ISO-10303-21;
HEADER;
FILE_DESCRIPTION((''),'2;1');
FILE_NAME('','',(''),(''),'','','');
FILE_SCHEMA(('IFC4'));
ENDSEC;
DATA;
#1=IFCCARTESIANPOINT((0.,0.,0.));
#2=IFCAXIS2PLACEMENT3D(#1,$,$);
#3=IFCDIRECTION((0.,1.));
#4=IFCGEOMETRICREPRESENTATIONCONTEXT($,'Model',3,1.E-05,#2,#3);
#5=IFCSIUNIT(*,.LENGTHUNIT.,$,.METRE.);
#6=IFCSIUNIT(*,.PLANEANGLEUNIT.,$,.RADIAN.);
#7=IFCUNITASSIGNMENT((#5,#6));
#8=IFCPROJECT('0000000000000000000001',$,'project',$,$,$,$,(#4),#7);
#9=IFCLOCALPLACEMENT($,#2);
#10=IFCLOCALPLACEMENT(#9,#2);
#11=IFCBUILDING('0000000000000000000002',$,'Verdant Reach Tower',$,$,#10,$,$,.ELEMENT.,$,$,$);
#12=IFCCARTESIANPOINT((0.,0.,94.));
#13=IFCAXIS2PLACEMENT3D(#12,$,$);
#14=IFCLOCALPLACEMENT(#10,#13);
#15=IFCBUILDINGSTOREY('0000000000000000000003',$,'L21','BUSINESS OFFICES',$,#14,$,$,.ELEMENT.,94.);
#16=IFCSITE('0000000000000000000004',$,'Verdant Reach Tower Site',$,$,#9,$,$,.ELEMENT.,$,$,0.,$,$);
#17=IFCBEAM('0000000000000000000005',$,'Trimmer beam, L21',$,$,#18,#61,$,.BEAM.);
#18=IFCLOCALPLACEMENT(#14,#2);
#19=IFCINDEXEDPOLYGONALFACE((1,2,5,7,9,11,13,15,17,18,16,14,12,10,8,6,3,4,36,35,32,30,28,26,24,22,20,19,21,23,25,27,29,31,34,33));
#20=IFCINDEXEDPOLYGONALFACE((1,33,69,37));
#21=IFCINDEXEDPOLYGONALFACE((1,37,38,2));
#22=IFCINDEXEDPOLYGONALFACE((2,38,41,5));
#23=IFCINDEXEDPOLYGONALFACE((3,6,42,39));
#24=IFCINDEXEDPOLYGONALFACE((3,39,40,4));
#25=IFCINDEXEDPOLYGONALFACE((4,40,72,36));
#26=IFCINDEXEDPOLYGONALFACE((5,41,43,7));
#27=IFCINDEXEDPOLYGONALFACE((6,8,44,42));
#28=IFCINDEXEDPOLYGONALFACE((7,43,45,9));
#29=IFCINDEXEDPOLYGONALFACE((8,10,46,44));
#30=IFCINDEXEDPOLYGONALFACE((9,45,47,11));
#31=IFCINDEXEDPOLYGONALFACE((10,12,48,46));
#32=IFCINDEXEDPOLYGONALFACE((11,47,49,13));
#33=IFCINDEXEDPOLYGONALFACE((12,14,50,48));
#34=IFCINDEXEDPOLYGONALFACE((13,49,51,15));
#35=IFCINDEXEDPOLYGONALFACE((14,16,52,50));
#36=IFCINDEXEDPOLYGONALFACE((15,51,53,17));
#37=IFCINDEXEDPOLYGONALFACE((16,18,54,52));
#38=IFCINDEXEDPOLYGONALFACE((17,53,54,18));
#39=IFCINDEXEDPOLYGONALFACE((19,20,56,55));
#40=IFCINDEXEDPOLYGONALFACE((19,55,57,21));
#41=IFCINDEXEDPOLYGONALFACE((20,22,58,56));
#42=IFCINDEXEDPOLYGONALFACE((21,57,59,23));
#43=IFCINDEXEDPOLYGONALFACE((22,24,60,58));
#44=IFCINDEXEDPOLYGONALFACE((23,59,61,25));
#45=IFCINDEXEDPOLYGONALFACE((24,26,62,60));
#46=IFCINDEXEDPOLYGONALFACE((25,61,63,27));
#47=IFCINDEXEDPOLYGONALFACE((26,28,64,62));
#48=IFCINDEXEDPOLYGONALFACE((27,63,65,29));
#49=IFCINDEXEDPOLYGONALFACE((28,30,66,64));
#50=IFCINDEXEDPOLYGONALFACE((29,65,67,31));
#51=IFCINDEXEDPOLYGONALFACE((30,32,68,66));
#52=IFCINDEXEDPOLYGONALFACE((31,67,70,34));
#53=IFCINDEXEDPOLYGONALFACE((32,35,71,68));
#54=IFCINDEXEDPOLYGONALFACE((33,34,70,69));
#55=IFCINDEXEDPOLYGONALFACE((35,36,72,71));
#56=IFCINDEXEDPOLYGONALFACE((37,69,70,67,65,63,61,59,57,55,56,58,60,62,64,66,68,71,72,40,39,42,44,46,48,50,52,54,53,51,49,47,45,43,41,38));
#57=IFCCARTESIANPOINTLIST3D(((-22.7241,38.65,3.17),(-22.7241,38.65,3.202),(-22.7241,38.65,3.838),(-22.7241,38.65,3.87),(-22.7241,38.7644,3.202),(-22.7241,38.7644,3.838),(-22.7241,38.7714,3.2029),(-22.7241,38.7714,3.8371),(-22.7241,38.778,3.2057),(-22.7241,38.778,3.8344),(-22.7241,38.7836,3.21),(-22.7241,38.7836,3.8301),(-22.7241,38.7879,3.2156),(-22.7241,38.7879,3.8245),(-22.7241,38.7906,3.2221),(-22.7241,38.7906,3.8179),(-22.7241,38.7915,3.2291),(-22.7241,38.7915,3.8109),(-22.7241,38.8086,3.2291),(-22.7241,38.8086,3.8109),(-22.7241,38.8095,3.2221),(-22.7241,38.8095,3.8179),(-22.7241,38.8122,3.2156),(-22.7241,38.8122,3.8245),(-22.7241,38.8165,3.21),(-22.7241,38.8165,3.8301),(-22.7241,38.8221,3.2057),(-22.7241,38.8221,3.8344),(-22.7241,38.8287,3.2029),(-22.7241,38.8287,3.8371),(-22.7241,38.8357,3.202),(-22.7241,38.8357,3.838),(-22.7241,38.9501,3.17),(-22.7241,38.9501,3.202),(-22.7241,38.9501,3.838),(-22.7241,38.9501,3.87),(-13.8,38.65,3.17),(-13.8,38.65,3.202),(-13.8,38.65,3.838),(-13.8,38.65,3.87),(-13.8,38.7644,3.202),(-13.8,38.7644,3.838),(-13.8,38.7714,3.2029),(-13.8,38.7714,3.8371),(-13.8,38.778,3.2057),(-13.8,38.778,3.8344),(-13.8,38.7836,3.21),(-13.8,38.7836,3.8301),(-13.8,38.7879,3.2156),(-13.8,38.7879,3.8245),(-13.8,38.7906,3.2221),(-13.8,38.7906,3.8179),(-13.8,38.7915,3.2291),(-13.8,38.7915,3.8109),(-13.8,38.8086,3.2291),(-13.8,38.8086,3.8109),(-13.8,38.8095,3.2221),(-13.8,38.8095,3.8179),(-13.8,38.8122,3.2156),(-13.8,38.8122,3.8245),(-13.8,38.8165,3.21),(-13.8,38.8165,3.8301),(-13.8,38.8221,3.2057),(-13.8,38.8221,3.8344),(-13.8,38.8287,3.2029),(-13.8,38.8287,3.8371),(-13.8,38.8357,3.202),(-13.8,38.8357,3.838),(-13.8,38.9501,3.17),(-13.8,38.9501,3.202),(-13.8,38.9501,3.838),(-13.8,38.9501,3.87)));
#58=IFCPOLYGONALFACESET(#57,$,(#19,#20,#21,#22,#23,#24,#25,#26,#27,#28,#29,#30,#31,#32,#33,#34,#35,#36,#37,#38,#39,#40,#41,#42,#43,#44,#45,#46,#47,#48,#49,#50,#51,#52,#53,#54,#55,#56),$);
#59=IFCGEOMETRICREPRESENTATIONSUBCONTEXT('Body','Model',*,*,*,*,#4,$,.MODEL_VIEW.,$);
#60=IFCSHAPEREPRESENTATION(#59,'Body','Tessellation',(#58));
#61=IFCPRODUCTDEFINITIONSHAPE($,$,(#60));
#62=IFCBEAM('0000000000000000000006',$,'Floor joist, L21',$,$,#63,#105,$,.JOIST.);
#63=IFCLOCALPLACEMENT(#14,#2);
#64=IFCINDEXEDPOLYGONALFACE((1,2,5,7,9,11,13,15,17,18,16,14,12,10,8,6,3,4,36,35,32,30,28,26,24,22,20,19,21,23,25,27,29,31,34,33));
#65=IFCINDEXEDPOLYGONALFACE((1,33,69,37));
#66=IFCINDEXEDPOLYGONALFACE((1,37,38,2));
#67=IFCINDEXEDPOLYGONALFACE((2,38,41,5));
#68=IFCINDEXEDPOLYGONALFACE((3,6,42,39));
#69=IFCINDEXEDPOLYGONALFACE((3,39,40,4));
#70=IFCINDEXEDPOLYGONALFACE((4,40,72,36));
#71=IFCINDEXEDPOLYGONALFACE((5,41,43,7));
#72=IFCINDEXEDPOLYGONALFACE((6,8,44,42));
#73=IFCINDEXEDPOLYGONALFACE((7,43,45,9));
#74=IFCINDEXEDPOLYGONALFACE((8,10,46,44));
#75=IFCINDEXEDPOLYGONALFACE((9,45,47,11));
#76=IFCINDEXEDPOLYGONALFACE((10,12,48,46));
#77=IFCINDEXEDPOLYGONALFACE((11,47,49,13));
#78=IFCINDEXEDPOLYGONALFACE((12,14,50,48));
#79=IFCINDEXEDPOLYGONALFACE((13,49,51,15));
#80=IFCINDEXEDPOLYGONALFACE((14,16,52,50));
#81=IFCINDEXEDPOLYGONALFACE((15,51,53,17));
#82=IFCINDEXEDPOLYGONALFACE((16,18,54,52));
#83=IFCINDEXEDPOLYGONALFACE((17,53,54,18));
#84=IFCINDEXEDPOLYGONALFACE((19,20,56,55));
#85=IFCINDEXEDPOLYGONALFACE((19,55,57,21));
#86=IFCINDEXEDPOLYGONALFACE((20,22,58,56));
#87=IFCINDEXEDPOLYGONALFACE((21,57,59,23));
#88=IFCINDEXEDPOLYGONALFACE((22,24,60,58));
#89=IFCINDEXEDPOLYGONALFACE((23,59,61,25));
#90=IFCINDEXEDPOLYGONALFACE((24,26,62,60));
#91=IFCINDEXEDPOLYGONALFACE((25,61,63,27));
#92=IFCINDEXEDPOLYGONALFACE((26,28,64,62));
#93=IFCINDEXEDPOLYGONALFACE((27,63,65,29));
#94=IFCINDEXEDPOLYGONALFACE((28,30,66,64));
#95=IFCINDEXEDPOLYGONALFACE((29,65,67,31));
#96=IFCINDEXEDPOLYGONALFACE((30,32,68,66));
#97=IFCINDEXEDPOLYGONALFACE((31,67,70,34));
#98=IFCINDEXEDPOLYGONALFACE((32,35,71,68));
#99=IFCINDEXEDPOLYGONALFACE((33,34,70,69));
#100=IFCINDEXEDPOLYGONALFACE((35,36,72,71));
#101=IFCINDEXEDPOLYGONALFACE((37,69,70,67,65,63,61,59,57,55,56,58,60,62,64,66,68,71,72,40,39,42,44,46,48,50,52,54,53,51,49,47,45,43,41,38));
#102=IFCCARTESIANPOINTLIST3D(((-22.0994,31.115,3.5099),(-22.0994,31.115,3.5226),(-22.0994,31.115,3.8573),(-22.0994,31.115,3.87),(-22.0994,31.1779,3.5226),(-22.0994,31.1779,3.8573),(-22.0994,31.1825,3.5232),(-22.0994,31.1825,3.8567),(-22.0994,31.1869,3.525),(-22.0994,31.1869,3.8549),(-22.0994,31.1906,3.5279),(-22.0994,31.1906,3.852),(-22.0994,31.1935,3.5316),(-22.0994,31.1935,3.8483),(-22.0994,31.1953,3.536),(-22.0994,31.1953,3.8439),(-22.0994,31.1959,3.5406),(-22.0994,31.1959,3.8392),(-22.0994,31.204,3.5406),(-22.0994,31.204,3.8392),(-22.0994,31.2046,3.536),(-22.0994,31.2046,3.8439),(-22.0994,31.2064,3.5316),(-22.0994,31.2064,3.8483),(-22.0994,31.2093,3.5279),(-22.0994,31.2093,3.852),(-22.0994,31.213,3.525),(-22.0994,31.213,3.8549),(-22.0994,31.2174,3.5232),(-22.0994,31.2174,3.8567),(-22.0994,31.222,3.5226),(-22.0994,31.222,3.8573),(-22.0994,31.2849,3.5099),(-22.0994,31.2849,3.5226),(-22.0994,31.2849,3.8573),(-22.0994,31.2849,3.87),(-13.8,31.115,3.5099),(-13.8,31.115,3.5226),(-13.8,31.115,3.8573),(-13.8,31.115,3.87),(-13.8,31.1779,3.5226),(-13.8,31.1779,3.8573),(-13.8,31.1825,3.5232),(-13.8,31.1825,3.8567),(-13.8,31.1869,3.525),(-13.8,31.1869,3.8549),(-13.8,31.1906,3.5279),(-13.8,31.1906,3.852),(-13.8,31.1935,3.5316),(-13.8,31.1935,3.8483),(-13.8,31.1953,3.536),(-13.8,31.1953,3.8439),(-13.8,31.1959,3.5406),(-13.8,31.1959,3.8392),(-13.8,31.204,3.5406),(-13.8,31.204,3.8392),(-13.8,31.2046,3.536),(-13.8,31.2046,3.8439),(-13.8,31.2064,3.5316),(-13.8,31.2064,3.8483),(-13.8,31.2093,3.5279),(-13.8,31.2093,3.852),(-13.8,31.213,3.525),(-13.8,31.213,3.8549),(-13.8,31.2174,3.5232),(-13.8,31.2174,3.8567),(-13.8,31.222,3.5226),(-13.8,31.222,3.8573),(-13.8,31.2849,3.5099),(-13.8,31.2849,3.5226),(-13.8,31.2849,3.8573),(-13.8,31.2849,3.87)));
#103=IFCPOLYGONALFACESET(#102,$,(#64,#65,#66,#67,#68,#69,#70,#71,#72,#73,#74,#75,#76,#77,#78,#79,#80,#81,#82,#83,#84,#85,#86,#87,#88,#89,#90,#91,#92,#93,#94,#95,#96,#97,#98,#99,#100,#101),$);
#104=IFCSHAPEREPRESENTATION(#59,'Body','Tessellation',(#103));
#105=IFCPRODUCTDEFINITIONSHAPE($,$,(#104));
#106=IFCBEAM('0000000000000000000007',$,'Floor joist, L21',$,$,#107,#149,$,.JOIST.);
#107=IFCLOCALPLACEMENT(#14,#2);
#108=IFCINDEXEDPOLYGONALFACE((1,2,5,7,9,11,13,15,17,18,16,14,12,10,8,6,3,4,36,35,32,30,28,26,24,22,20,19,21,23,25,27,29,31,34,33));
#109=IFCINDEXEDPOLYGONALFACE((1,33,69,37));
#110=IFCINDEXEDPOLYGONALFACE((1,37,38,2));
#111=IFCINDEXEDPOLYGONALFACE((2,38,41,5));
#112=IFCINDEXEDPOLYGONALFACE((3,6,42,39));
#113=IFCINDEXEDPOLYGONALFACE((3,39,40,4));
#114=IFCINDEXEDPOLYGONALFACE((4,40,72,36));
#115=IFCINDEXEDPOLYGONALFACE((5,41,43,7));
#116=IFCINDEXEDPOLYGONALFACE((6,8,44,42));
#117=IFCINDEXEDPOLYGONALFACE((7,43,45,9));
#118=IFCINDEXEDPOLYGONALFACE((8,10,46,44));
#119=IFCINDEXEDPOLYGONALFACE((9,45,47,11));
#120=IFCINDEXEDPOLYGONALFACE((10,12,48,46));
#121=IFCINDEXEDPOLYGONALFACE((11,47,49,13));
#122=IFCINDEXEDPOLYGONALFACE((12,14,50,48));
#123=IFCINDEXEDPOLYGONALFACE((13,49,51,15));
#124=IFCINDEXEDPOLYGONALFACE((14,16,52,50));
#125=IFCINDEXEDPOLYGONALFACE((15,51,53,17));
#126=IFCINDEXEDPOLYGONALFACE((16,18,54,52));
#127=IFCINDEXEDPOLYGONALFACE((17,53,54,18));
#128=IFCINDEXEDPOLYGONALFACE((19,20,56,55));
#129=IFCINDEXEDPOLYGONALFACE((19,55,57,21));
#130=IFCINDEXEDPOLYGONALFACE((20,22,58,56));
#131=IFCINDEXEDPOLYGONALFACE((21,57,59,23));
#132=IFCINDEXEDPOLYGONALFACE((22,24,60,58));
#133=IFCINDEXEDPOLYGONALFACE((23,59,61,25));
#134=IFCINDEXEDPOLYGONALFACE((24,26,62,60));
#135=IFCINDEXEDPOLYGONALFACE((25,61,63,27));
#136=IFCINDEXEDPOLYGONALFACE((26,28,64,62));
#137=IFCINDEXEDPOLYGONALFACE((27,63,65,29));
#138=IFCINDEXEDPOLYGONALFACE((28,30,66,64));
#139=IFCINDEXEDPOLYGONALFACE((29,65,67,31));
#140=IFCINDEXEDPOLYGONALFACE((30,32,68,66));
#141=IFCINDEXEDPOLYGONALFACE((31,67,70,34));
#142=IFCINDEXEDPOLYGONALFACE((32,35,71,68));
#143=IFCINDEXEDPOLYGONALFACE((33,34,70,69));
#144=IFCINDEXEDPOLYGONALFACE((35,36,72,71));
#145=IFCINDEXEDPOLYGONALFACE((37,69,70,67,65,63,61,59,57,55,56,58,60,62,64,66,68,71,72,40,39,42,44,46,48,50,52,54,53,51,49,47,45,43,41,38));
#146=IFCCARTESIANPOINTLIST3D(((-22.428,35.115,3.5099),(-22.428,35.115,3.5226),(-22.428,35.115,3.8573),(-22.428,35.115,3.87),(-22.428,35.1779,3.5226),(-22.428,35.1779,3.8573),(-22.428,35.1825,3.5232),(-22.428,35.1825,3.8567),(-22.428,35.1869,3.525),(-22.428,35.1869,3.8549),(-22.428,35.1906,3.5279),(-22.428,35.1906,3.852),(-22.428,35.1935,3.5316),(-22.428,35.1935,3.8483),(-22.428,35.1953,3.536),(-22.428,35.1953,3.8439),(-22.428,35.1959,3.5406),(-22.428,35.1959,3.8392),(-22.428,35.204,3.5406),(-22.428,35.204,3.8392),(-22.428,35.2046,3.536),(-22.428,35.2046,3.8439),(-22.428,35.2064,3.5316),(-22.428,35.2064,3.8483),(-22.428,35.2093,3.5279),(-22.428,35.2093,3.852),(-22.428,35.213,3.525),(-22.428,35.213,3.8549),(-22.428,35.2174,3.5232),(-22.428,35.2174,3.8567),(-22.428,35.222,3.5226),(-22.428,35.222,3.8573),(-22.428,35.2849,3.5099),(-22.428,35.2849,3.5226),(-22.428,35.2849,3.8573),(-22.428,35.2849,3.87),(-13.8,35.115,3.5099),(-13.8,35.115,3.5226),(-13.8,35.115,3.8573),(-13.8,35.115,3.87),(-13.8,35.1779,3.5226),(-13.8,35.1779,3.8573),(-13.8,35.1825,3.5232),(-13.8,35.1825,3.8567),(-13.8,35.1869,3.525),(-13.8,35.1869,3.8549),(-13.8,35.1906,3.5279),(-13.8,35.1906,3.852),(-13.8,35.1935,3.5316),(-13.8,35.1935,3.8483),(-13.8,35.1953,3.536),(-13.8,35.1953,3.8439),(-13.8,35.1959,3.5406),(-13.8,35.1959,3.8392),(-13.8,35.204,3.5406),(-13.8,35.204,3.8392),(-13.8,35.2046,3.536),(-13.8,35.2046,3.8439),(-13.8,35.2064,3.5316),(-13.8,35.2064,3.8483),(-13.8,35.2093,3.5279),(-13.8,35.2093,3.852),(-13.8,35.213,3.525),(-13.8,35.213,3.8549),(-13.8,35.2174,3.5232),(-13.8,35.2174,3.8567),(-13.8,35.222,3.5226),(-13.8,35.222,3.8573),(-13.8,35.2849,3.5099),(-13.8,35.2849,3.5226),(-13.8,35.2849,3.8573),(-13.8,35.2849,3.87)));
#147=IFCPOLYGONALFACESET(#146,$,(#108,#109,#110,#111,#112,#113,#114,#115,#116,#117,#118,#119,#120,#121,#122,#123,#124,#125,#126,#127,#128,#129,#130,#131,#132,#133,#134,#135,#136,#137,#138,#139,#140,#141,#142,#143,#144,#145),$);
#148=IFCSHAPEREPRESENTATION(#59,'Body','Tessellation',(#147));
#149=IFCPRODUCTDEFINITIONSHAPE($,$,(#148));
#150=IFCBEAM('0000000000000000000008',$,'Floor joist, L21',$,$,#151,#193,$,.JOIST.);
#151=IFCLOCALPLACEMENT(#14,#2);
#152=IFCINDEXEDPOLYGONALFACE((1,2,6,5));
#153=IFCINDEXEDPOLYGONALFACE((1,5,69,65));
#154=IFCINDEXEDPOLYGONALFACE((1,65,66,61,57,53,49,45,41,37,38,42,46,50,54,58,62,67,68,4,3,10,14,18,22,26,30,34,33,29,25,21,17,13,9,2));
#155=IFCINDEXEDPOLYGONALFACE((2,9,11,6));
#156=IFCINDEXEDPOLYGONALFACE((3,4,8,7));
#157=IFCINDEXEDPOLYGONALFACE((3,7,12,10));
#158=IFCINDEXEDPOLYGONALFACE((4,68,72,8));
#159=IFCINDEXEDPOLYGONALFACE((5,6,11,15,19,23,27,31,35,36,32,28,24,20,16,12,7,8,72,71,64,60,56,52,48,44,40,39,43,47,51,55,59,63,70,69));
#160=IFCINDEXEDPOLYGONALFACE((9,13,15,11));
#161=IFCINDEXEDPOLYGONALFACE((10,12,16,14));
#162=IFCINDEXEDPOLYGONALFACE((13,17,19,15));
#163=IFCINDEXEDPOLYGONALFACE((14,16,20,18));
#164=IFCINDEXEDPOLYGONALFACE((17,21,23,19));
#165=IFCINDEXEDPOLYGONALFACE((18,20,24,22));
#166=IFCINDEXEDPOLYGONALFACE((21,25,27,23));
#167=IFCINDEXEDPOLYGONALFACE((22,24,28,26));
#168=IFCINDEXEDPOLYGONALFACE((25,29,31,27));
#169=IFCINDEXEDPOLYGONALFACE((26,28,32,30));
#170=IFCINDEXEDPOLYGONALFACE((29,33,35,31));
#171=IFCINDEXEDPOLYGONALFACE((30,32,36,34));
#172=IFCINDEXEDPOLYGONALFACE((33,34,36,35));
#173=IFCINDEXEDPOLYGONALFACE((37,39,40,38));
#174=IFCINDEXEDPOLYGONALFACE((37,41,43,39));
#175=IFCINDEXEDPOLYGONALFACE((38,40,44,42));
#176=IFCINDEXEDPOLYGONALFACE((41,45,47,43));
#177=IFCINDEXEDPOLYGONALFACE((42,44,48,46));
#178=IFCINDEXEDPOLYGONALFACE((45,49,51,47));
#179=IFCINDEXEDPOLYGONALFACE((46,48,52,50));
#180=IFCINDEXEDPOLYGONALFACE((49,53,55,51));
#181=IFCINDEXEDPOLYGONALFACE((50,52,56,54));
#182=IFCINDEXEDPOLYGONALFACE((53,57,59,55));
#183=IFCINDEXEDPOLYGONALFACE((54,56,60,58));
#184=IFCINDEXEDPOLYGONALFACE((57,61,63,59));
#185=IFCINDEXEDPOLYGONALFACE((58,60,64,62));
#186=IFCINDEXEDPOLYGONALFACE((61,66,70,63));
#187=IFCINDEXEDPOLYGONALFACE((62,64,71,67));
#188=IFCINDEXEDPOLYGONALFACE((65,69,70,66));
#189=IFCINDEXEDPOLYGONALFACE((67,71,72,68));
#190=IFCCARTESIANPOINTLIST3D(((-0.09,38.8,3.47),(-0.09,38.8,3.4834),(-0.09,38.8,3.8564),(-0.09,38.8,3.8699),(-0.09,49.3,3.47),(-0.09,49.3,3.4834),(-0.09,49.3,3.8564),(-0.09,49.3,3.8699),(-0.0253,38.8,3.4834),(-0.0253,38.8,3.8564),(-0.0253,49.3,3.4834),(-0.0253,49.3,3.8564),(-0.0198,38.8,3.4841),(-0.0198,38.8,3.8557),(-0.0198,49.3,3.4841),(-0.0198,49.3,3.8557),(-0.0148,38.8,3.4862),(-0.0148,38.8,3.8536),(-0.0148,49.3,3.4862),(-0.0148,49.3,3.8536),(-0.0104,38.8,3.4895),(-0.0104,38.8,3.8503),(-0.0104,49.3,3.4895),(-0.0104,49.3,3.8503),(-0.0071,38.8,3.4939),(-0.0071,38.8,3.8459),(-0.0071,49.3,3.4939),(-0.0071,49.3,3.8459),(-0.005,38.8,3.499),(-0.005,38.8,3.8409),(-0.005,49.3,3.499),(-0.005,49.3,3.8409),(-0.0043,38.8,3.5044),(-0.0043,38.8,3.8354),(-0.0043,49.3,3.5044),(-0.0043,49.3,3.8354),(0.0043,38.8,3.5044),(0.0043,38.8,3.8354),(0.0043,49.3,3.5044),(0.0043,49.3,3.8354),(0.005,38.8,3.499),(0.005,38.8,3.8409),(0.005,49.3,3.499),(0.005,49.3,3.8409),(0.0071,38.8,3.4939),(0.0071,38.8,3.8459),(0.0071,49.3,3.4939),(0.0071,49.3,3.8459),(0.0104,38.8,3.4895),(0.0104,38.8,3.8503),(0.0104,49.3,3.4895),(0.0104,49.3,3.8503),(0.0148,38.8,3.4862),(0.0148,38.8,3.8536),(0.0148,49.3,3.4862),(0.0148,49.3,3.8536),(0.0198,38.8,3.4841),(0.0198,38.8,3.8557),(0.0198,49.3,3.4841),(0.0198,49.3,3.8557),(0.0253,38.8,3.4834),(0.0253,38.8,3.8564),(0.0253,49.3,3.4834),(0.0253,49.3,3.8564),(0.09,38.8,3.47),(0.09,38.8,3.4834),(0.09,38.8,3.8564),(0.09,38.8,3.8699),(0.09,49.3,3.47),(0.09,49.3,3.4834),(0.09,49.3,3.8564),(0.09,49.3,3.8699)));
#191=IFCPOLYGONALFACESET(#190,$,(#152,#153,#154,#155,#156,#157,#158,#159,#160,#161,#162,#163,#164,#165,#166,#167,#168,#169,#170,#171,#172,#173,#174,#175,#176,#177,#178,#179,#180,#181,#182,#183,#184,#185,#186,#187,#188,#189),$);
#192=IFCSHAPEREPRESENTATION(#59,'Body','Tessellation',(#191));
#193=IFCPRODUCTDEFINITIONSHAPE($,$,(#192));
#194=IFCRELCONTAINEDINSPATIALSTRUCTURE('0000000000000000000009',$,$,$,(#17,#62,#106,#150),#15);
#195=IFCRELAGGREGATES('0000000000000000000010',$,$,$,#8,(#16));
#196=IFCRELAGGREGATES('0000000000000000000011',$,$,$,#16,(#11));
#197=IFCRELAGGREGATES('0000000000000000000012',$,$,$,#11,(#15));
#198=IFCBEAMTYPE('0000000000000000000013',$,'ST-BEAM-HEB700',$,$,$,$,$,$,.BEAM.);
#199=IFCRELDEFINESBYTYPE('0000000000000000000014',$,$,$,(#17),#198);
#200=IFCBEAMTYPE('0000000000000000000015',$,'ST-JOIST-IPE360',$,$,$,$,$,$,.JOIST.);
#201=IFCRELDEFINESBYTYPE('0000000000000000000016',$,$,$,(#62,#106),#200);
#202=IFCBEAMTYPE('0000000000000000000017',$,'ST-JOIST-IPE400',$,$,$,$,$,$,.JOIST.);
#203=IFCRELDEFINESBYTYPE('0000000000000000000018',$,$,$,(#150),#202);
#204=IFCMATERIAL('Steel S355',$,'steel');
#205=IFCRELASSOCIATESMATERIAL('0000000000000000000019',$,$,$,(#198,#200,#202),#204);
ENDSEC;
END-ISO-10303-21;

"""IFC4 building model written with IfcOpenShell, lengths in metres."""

from ifc_helpers import new_model, si_unit, direction, frame, origin, origin_2d, place, context, subcontext, project, spatial, i_section, extrude, material, material_profile, profile_set, type_object, element, save


model = new_model("IFC4")

# Units and contexts
model_context = context("Model", 3, precision=1e-05, world=origin(), true_north=direction((0.0, 1.0)))
body_context = subcontext(model_context, "Body", "Model", "MODEL_VIEW")
ifc_project = project(units=[si_unit("LENGTHUNIT", "METRE"), si_unit("PLANEANGLEUNIT", "RADIAN")], contexts=[model_context])

# Site, building, storey
site_placement = place(None, origin())
site = spatial("IfcSite", under=ifc_project, at=site_placement, Name="Verdant Reach Tower Site", CompositionType="ELEMENT", RefElevation=0.0)
building_placement = place(site_placement, origin())
building = spatial("IfcBuilding", under=site, at=building_placement, Name="Verdant Reach Tower", CompositionType="ELEMENT")
storey_placement = place(building_placement, frame((0.0, 0.0, 94.0)))
storey = spatial("IfcBuildingStorey", under=building, at=storey_placement, Name="L21", Description="BUSINESS OFFICES", CompositionType="ELEMENT", Elevation=94.0)

# Beams
ifc_material_1 = material(Name="Steel S355", Category="steel")
ifc_material_profile_1 = material_profile(ifc_material_1, i_section(OverallWidth=0.3, OverallDepth=0.7, WebThickness=0.0171, FlangeThickness=0.032, FilletRadius=0.0271, at=origin_2d()), Name="HEB 700")
ifc_profile_set_1 = profile_set([ifc_material_profile_1], Name="Steel S355")
beam_type_1 = type_object("IfcBeamType", Name="ST-BEAM-HEB700", PredefinedType="BEAM", material=ifc_profile_set_1)
beam_1_placement = place(storey_placement, frame((-13.8, 38.8, 3.52), z_axis=(-1.0, 0.0, 0.0), x_axis=(0.0, -1.0, 0.0)))
element("IfcBeam", 1, at=beam_1_placement, inside=storey, type_object=beam_type_1, Name="Trimmer beam, L21", PredefinedType="BEAM", context=body_context, shape_type="SweptSolid", body=[
    extrude(i_section(OverallWidth=0.3, OverallDepth=0.7, WebThickness=0.0171, FlangeThickness=0.032, FilletRadius=0.0271, at=origin_2d()), origin(), (0.0, 0.0, 1.0), 8.9241),
])
ifc_material_profile_2 = material_profile(ifc_material_1, i_section(OverallWidth=0.1699, OverallDepth=0.3601, WebThickness=0.0081, FlangeThickness=0.0127, FilletRadius=0.0181, at=origin_2d()), Name="IPE 360")
ifc_profile_set_2 = profile_set([ifc_material_profile_2], Name="Steel S355")
beam_type_2 = type_object("IfcBeamType", Name="ST-JOIST-IPE360", PredefinedType="JOIST", material=ifc_profile_set_2)
beam_2_placement = place(storey_placement, frame((-13.8, 31.2, 3.6899), z_axis=(-1.0, 0.0, 0.0), x_axis=(0.0, -1.0, 0.0)))
element("IfcBeam", 2, at=beam_2_placement, inside=storey, type_object=beam_type_2, Name="Floor joist, L21", PredefinedType="JOIST", context=body_context, shape_type="SweptSolid", body=[
    extrude(i_section(OverallWidth=0.1699, OverallDepth=0.3601, WebThickness=0.0081, FlangeThickness=0.0127, FilletRadius=0.0181, at=origin_2d()), origin(), (0.0, 0.0, 1.0), 8.2993),
])
beam_3_placement = place(storey_placement, frame((-13.8, 35.2, 3.6899), z_axis=(-1.0, 0.0, 0.0), x_axis=(0.0, -1.0, 0.0)))
element("IfcBeam", 3, at=beam_3_placement, inside=storey, type_object=beam_type_2, Name="Floor joist, L21", PredefinedType="JOIST", context=body_context, shape_type="SweptSolid", body=[
    extrude(i_section(OverallWidth=0.1699, OverallDepth=0.3601, WebThickness=0.0081, FlangeThickness=0.0127, FilletRadius=0.0181, at=origin_2d()), origin(), (0.0, 0.0, 1.0), 8.6279),
])
ifc_material_profile_3 = material_profile(ifc_material_1, i_section(OverallWidth=0.1799, OverallDepth=0.3999, WebThickness=0.0085, FlangeThickness=0.0134, FilletRadius=0.021, at=origin_2d()), Name="IPE 400")
ifc_profile_set_3 = profile_set([ifc_material_profile_3], Name="Steel S355")
beam_type_3 = type_object("IfcBeamType", Name="ST-JOIST-IPE400", PredefinedType="JOIST", material=ifc_profile_set_3)
beam_4_placement = place(storey_placement, frame((0.0, 38.8, 3.6699), z_axis=(0.0, 1.0, 0.0), x_axis=(-1.0, 0.0, 0.0)))
element("IfcBeam", 4, at=beam_4_placement, inside=storey, type_object=beam_type_3, Name="Floor joist, L21", PredefinedType="JOIST", context=body_context, shape_type="SweptSolid", body=[
    extrude(i_section(OverallWidth=0.1799, OverallDepth=0.3999, WebThickness=0.0085, FlangeThickness=0.0134, FilletRadius=0.021, at=origin_2d()), origin(), (0.0, 0.0, 1.0), 10.5),
])

save(model, "model.ifc")
